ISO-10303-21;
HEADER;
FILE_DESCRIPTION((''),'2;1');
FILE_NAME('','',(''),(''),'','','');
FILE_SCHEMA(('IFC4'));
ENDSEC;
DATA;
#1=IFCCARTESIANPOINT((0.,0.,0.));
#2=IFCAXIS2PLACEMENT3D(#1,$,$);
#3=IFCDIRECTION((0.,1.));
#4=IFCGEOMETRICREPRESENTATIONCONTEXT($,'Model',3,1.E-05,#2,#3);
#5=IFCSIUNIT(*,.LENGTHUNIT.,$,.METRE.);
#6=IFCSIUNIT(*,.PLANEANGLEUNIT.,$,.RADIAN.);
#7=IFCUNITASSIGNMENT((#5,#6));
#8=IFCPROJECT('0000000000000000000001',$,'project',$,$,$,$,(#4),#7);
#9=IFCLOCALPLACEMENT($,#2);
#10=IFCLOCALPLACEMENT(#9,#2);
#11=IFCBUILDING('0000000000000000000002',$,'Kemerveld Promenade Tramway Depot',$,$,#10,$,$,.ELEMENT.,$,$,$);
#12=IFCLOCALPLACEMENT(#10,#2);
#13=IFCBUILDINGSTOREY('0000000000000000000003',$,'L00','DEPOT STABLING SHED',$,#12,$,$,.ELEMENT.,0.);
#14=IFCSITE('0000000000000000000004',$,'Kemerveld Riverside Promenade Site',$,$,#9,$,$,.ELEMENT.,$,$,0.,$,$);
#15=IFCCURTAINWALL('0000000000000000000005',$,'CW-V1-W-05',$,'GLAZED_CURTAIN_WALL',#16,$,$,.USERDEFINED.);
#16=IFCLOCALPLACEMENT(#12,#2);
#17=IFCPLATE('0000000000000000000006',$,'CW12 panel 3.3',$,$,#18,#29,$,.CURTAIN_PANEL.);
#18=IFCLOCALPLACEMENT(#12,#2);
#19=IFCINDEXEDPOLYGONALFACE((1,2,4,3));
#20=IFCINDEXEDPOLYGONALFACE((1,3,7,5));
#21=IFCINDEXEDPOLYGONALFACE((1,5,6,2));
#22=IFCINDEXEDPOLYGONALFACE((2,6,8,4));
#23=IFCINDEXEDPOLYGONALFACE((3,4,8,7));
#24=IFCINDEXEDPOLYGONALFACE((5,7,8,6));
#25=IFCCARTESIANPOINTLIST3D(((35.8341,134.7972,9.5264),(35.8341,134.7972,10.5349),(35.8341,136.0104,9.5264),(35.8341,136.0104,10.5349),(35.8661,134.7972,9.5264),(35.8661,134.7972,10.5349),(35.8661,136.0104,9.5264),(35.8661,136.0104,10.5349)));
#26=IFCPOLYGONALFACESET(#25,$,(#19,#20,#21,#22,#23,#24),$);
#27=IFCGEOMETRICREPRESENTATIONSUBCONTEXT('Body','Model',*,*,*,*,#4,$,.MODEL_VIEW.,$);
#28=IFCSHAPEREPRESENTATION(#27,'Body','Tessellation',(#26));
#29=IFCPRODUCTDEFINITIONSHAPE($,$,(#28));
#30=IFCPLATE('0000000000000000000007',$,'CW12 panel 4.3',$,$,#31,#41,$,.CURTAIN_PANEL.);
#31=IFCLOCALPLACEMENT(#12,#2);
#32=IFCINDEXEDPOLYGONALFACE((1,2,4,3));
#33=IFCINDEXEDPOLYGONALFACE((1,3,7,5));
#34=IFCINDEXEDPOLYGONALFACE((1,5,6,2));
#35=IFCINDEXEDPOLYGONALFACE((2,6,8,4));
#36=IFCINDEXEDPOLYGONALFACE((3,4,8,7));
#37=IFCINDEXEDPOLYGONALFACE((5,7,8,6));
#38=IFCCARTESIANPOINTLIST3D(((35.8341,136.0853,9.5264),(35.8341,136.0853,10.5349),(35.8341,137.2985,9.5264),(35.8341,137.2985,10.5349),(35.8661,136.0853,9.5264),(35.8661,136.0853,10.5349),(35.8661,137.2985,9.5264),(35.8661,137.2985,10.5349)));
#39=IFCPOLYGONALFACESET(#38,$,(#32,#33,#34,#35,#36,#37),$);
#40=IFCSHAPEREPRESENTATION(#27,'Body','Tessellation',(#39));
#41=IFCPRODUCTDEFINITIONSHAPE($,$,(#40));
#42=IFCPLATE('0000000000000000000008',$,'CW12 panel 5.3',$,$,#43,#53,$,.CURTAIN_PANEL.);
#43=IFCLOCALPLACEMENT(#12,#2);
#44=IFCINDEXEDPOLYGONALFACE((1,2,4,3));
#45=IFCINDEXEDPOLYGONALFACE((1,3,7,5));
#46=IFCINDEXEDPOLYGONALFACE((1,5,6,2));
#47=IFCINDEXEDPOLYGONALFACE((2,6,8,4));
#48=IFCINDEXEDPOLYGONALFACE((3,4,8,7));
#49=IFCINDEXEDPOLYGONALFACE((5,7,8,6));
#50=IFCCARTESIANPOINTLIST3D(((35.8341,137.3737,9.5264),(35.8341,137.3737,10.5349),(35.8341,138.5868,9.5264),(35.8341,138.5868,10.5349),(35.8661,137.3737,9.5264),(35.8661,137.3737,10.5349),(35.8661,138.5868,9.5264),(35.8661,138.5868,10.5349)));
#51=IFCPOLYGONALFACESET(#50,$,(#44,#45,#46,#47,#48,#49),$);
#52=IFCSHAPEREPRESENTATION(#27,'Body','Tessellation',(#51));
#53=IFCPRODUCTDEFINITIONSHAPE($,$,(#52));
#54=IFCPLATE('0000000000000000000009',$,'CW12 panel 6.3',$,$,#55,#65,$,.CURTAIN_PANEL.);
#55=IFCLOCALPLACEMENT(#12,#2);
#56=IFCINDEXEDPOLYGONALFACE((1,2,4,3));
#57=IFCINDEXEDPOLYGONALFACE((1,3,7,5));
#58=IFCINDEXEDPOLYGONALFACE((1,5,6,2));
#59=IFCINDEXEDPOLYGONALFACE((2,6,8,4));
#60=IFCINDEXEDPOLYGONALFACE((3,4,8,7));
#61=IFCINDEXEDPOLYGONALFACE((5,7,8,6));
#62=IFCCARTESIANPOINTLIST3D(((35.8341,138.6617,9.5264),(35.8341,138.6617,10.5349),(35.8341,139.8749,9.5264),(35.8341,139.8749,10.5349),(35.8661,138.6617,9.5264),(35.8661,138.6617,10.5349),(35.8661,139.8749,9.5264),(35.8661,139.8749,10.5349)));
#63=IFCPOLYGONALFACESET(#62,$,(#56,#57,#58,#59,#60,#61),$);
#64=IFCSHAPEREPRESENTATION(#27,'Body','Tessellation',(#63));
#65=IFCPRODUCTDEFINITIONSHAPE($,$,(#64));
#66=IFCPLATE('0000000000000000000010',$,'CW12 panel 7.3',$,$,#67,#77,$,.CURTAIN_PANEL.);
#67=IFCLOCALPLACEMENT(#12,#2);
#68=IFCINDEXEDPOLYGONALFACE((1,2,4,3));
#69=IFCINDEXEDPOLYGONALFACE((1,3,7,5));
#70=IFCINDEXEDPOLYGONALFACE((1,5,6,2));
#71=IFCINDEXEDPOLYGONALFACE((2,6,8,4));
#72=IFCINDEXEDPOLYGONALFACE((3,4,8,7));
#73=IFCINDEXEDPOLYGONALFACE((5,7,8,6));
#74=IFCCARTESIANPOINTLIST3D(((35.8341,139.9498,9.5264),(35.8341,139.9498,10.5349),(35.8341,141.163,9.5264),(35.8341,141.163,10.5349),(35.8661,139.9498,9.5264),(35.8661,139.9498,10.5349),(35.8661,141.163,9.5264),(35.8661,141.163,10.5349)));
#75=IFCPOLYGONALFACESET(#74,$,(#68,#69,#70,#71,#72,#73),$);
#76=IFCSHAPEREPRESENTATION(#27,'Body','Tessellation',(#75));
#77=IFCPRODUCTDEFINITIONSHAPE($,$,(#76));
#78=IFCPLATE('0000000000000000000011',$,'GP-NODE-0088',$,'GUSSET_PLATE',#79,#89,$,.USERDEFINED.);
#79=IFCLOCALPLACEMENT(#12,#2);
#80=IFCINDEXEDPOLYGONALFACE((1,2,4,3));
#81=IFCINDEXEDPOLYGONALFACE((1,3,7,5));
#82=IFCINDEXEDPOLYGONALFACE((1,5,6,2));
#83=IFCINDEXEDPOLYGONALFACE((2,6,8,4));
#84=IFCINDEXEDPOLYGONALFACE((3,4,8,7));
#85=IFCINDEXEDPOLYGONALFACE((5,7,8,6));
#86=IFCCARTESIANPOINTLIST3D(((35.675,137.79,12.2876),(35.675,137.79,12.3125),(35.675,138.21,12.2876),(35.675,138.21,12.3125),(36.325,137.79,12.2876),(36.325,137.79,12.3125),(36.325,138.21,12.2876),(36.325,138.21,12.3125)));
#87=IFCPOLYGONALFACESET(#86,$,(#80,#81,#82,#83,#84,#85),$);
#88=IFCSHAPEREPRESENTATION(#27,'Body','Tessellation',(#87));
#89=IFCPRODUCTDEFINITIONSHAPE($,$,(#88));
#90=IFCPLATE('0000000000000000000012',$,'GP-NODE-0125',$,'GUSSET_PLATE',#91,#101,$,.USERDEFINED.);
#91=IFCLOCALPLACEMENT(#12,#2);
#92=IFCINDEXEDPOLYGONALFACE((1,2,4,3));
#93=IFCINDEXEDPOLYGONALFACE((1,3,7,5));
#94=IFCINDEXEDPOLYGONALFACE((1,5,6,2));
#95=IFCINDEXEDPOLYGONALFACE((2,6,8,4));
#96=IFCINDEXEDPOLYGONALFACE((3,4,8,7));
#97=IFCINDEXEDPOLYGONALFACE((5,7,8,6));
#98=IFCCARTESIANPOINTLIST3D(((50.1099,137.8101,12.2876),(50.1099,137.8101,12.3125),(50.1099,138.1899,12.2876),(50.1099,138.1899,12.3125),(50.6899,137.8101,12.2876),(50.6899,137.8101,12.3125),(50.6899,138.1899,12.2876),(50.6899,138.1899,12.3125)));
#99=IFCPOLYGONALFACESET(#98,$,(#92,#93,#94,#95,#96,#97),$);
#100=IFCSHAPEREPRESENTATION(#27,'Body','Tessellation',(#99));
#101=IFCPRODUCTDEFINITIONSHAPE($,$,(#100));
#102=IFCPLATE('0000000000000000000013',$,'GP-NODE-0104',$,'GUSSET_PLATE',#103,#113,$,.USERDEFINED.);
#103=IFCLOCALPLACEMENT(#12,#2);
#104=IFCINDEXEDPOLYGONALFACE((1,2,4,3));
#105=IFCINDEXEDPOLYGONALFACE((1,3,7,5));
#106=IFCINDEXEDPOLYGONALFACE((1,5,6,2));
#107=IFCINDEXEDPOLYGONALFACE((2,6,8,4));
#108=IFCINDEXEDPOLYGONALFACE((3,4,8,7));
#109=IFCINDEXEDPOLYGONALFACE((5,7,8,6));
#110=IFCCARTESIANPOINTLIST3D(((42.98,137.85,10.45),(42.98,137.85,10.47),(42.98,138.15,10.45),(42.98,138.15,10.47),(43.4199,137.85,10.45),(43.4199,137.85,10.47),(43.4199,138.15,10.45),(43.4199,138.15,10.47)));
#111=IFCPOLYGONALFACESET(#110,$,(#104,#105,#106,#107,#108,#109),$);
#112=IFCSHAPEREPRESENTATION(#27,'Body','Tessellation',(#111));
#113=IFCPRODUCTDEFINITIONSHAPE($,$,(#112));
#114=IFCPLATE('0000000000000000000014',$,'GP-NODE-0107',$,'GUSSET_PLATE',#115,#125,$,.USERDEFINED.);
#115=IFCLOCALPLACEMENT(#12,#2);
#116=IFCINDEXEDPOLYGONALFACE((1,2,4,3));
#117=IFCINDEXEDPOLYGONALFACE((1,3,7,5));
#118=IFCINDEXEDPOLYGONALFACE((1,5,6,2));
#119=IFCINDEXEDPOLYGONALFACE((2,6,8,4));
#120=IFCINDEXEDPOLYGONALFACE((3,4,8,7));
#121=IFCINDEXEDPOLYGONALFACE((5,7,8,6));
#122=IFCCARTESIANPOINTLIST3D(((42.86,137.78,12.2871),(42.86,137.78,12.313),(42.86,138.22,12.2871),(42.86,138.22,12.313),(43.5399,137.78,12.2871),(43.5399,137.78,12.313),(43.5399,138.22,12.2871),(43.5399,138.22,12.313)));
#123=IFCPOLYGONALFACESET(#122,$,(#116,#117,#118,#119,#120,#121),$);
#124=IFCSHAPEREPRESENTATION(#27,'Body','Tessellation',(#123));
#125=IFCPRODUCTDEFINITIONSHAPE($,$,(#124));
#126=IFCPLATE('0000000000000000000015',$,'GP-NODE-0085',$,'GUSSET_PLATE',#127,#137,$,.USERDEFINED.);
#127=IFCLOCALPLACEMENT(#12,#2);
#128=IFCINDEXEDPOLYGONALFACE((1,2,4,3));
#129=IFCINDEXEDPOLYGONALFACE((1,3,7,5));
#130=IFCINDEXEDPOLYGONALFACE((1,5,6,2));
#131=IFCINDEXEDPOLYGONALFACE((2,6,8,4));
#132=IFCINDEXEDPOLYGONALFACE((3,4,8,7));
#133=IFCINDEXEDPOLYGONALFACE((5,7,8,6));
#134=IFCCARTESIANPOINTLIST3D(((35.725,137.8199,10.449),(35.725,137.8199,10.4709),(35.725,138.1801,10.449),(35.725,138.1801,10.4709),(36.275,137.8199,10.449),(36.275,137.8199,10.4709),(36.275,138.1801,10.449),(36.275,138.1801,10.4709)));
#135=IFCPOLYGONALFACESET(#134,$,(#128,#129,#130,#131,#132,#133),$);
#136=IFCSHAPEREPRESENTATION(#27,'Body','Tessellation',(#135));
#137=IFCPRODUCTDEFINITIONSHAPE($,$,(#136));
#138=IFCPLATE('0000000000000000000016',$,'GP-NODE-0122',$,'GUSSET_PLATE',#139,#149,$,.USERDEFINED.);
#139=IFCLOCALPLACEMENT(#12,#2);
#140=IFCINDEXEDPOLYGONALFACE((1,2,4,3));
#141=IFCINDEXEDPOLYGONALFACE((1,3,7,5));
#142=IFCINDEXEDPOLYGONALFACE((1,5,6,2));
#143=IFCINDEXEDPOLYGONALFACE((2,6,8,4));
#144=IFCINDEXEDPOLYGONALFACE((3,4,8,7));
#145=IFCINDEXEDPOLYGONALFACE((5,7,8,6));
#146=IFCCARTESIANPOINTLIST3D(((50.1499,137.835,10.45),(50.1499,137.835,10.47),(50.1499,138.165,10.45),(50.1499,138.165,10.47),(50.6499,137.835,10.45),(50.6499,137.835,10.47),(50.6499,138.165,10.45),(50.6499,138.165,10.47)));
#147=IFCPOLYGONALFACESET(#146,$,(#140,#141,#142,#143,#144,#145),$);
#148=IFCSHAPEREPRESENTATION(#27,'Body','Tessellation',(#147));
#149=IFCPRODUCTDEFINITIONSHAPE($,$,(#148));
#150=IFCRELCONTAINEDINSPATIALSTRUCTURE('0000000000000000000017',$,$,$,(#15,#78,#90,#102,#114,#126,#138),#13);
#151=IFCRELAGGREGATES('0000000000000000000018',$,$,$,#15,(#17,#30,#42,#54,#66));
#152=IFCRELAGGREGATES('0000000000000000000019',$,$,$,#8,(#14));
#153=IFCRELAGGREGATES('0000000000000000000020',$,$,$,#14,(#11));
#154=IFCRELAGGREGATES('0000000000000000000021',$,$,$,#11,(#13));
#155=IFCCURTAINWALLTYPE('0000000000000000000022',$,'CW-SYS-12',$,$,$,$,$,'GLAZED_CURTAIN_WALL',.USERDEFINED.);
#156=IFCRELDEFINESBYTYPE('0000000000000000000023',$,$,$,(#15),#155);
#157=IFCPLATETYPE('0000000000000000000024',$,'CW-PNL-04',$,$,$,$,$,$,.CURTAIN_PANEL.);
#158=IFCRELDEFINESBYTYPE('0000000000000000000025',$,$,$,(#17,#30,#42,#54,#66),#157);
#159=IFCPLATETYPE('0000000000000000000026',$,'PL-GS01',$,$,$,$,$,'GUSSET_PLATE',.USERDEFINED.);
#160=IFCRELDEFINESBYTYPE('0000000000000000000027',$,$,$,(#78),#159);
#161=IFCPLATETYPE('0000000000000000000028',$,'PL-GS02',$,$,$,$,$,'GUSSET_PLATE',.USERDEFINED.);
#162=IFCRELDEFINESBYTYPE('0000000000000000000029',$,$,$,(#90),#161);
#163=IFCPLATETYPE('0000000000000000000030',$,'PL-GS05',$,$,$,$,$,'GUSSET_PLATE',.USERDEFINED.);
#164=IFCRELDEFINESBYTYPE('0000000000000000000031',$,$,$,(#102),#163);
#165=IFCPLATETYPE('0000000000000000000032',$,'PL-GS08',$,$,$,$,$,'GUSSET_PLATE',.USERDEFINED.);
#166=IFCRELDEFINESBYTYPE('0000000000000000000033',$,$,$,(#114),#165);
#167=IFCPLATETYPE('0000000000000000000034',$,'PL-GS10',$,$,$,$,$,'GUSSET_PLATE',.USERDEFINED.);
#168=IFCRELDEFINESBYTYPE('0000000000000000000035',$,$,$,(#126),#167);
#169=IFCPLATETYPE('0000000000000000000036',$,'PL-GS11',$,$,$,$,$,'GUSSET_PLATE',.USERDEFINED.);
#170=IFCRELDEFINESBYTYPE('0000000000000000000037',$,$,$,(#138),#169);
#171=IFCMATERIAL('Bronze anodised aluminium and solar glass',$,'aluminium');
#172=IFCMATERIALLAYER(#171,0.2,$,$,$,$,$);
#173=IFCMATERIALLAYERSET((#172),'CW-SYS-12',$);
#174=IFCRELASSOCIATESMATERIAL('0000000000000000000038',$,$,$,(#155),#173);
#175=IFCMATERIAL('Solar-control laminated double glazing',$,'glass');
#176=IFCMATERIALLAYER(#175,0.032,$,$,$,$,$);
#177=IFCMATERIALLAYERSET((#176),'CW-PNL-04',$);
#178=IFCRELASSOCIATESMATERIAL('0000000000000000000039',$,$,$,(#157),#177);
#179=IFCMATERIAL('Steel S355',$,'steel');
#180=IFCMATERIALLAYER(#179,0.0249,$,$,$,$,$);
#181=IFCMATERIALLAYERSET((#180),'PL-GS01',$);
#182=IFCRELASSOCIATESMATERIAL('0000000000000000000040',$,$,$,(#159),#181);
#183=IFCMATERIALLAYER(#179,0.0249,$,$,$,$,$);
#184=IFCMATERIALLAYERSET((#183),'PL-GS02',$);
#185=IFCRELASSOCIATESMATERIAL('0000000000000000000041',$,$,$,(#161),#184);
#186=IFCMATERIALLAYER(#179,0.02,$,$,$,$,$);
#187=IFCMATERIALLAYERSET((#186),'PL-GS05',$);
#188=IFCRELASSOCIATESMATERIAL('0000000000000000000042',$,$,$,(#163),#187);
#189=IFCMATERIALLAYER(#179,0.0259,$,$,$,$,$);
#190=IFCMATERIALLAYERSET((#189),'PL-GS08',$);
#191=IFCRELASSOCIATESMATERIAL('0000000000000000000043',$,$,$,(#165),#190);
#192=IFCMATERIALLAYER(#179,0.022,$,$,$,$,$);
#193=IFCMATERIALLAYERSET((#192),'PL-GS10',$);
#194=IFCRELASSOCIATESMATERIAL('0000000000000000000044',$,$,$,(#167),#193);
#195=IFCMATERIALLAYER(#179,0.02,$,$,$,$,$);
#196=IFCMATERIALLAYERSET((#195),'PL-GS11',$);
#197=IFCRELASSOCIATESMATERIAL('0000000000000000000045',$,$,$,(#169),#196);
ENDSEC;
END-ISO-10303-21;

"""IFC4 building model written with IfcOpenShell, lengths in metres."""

from ifc_helpers import new_model, si_unit, direction, frame, origin, origin_2d, place, context, subcontext, project, spatial, rectangle, extrude, material, layer, layer_set, type_object, element, aggregate, save


model = new_model("IFC4")

# Units and contexts
model_context = context("Model", 3, precision=1e-05, world=origin(), true_north=direction((0.0, 1.0)))
body_context = subcontext(model_context, "Body", "Model", "MODEL_VIEW")
ifc_project = project(units=[si_unit("LENGTHUNIT", "METRE"), si_unit("PLANEANGLEUNIT", "RADIAN")], contexts=[model_context])

# Site, building, storey
site_placement = place(None, origin())
site = spatial("IfcSite", under=ifc_project, at=site_placement, Name="Kemerveld Riverside Promenade Site", CompositionType="ELEMENT", RefElevation=0.0)
building_placement = place(site_placement, origin())
building = spatial("IfcBuilding", under=site, at=building_placement, Name="Kemerveld Promenade Tramway Depot", CompositionType="ELEMENT")
storey_placement = place(building_placement, origin())
storey = spatial("IfcBuildingStorey", under=building, at=storey_placement, Name="L00", Description="DEPOT STABLING SHED", CompositionType="ELEMENT", Elevation=0.0)

# Curtain wall
ifc_material_1 = material(Name="Bronze anodised aluminium and solar glass", Category="aluminium")
ifc_layer_1 = layer(ifc_material_1, 0.2)
ifc_layer_set_1 = layer_set([ifc_layer_1], Name="CW-SYS-12")
curtain_wall_type = type_object("IfcCurtainWallType", Name="CW-SYS-12", ElementType="GLAZED_CURTAIN_WALL", PredefinedType="USERDEFINED", material=ifc_layer_set_1)
curtain_wall_placement = place(storey_placement, origin())
curtain_wall = element("IfcCurtainWall", 1, at=curtain_wall_placement, inside=storey, type_object=curtain_wall_type, Name="CW-V1-W-05", ObjectType="GLAZED_CURTAIN_WALL", PredefinedType="USERDEFINED")

# Shared definitions
ifc_material_2 = material(Name="Steel S355", Category="steel")

# Plates
ifc_material_3 = material(Name="Solar-control laminated double glazing", Category="glass")
ifc_layer_2 = layer(ifc_material_3, 0.032)
ifc_layer_set_2 = layer_set([ifc_layer_2], Name="CW-PNL-04")
plate_type_1 = type_object("IfcPlateType", Name="CW-PNL-04", PredefinedType="CURTAIN_PANEL", material=ifc_layer_set_2)
plate_1_placement = place(storey_placement, frame((35.8501, 135.4038, 9.5264), z_axis=(0.0, 0.0, 1.0), x_axis=(0.0, 1.0, 0.0)))
plate_1 = element("IfcPlate", 2, at=plate_1_placement, type_object=plate_type_1, Name="CW12 panel 3.3", PredefinedType="CURTAIN_PANEL", context=body_context, shape_type="SweptSolid", body=[
    extrude(rectangle(XDim=1.2131, YDim=0.032, at=origin_2d()), origin(), (0.0, 0.0, 1.0), 1.0085),
])
plate_2_placement = place(storey_placement, frame((35.8501, 136.6919, 9.5264), z_axis=(0.0, 0.0, 1.0), x_axis=(0.0, 1.0, 0.0)))
plate_2 = element("IfcPlate", 3, at=plate_2_placement, type_object=plate_type_1, Name="CW12 panel 4.3", PredefinedType="CURTAIN_PANEL", context=body_context, shape_type="SweptSolid", body=[
    extrude(rectangle(XDim=1.2131, YDim=0.032, at=origin_2d()), origin(), (0.0, 0.0, 1.0), 1.0085),
])
plate_3_placement = place(storey_placement, frame((35.8501, 137.9802, 9.5264), z_axis=(0.0, 0.0, 1.0), x_axis=(0.0, 1.0, 0.0)))
plate_3 = element("IfcPlate", 4, at=plate_3_placement, type_object=plate_type_1, Name="CW12 panel 5.3", PredefinedType="CURTAIN_PANEL", context=body_context, shape_type="SweptSolid", body=[
    extrude(rectangle(XDim=1.2131, YDim=0.032, at=origin_2d()), origin(), (0.0, 0.0, 1.0), 1.0085),
])
plate_4_placement = place(storey_placement, frame((35.8501, 139.2683, 9.5264), z_axis=(0.0, 0.0, 1.0), x_axis=(0.0, 1.0, 0.0)))
plate_4 = element("IfcPlate", 5, at=plate_4_placement, type_object=plate_type_1, Name="CW12 panel 6.3", PredefinedType="CURTAIN_PANEL", context=body_context, shape_type="SweptSolid", body=[
    extrude(rectangle(XDim=1.2131, YDim=0.032, at=origin_2d()), origin(), (0.0, 0.0, 1.0), 1.0085),
])
plate_5_placement = place(storey_placement, frame((35.8501, 140.5564, 9.5264), z_axis=(0.0, 0.0, 1.0), x_axis=(0.0, 1.0, 0.0)))
plate_5 = element("IfcPlate", 6, at=plate_5_placement, type_object=plate_type_1, Name="CW12 panel 7.3", PredefinedType="CURTAIN_PANEL", context=body_context, shape_type="SweptSolid", body=[
    extrude(rectangle(XDim=1.2131, YDim=0.032, at=origin_2d()), origin(), (0.0, 0.0, 1.0), 1.0085),
])
aggregate(curtain_wall, [plate_1, plate_2, plate_3, plate_4, plate_5])

# Plates
ifc_layer_3 = layer(ifc_material_2, 0.0249)
ifc_layer_set_3 = layer_set([ifc_layer_3], Name="PL-GS01")
plate_type_2 = type_object("IfcPlateType", Name="PL-GS01", ElementType="GUSSET_PLATE", PredefinedType="USERDEFINED", material=ifc_layer_set_3)
plate_6_placement = place(storey_placement, frame((36.0, 138.0, 12.2876), z_axis=(0.0, 0.0, 1.0), x_axis=(1.0, 0.0, 0.0)))
element("IfcPlate", 7, at=plate_6_placement, inside=storey, type_object=plate_type_2, Name="GP-NODE-0088", ObjectType="GUSSET_PLATE", PredefinedType="USERDEFINED", context=body_context, shape_type="SweptSolid", body=[
    extrude(rectangle(XDim=0.6499, YDim=0.4199, at=origin_2d()), origin(), (0.0, 0.0, 1.0), 0.0249),
])
ifc_layer_4 = layer(ifc_material_2, 0.0249)
ifc_layer_set_4 = layer_set([ifc_layer_4], Name="PL-GS02")
plate_type_3 = type_object("IfcPlateType", Name="PL-GS02", ElementType="GUSSET_PLATE", PredefinedType="USERDEFINED", material=ifc_layer_set_4)
plate_7_placement = place(storey_placement, frame((50.3999, 138.0, 12.2876), z_axis=(0.0, 0.0, 1.0), x_axis=(1.0, 0.0, 0.0)))
element("IfcPlate", 8, at=plate_7_placement, inside=storey, type_object=plate_type_3, Name="GP-NODE-0125", ObjectType="GUSSET_PLATE", PredefinedType="USERDEFINED", context=body_context, shape_type="SweptSolid", body=[
    extrude(rectangle(XDim=0.5801, YDim=0.3799, at=origin_2d()), origin(), (0.0, 0.0, 1.0), 0.0249),
])
ifc_layer_5 = layer(ifc_material_2, 0.02)
ifc_layer_set_5 = layer_set([ifc_layer_5], Name="PL-GS05")
plate_type_4 = type_object("IfcPlateType", Name="PL-GS05", ElementType="GUSSET_PLATE", PredefinedType="USERDEFINED", material=ifc_layer_set_5)
plate_8_placement = place(storey_placement, frame((43.2, 138.0, 10.45), z_axis=(0.0, 0.0, 1.0), x_axis=(1.0, 0.0, 0.0)))
element("IfcPlate", 9, at=plate_8_placement, inside=storey, type_object=plate_type_4, Name="GP-NODE-0104", ObjectType="GUSSET_PLATE", PredefinedType="USERDEFINED", context=body_context, shape_type="SweptSolid", body=[
    extrude(rectangle(XDim=0.4399, YDim=0.3, at=origin_2d()), origin(), (0.0, 0.0, 1.0), 0.02),
])
ifc_layer_6 = layer(ifc_material_2, 0.0259)
ifc_layer_set_6 = layer_set([ifc_layer_6], Name="PL-GS08")
plate_type_5 = type_object("IfcPlateType", Name="PL-GS08", ElementType="GUSSET_PLATE", PredefinedType="USERDEFINED", material=ifc_layer_set_6)
plate_9_placement = place(storey_placement, frame((43.2, 138.0, 12.2871), z_axis=(0.0, 0.0, 1.0), x_axis=(1.0, 0.0, 0.0)))
element("IfcPlate", 10, at=plate_9_placement, inside=storey, type_object=plate_type_5, Name="GP-NODE-0107", ObjectType="GUSSET_PLATE", PredefinedType="USERDEFINED", context=body_context, shape_type="SweptSolid", body=[
    extrude(rectangle(XDim=0.6799, YDim=0.4399, at=origin_2d()), origin(), (0.0, 0.0, 1.0), 0.0259),
])
ifc_layer_7 = layer(ifc_material_2, 0.022)
ifc_layer_set_7 = layer_set([ifc_layer_7], Name="PL-GS10")
plate_type_6 = type_object("IfcPlateType", Name="PL-GS10", ElementType="GUSSET_PLATE", PredefinedType="USERDEFINED", material=ifc_layer_set_7)
plate_10_placement = place(storey_placement, frame((36.0, 138.0, 10.449), z_axis=(0.0, 0.0, 1.0), x_axis=(1.0, 0.0, 0.0)))
element("IfcPlate", 11, at=plate_10_placement, inside=storey, type_object=plate_type_6, Name="GP-NODE-0085", ObjectType="GUSSET_PLATE", PredefinedType="USERDEFINED", context=body_context, shape_type="SweptSolid", body=[
    extrude(rectangle(XDim=0.55, YDim=0.3601, at=origin_2d()), origin(), (0.0, 0.0, 1.0), 0.022),
])
ifc_layer_8 = layer(ifc_material_2, 0.02)
ifc_layer_set_8 = layer_set([ifc_layer_8], Name="PL-GS11")
plate_type_7 = type_object("IfcPlateType", Name="PL-GS11", ElementType="GUSSET_PLATE", PredefinedType="USERDEFINED", material=ifc_layer_set_8)
plate_11_placement = place(storey_placement, frame((50.3999, 138.0, 10.45), z_axis=(0.0, 0.0, 1.0), x_axis=(1.0, 0.0, 0.0)))
element("IfcPlate", 12, at=plate_11_placement, inside=storey, type_object=plate_type_7, Name="GP-NODE-0122", ObjectType="GUSSET_PLATE", PredefinedType="USERDEFINED", context=body_context, shape_type="SweptSolid", body=[
    extrude(rectangle(XDim=0.5, YDim=0.3301, at=origin_2d()), origin(), (0.0, 0.0, 1.0), 0.02),
])

save(model, "model.ifc")
